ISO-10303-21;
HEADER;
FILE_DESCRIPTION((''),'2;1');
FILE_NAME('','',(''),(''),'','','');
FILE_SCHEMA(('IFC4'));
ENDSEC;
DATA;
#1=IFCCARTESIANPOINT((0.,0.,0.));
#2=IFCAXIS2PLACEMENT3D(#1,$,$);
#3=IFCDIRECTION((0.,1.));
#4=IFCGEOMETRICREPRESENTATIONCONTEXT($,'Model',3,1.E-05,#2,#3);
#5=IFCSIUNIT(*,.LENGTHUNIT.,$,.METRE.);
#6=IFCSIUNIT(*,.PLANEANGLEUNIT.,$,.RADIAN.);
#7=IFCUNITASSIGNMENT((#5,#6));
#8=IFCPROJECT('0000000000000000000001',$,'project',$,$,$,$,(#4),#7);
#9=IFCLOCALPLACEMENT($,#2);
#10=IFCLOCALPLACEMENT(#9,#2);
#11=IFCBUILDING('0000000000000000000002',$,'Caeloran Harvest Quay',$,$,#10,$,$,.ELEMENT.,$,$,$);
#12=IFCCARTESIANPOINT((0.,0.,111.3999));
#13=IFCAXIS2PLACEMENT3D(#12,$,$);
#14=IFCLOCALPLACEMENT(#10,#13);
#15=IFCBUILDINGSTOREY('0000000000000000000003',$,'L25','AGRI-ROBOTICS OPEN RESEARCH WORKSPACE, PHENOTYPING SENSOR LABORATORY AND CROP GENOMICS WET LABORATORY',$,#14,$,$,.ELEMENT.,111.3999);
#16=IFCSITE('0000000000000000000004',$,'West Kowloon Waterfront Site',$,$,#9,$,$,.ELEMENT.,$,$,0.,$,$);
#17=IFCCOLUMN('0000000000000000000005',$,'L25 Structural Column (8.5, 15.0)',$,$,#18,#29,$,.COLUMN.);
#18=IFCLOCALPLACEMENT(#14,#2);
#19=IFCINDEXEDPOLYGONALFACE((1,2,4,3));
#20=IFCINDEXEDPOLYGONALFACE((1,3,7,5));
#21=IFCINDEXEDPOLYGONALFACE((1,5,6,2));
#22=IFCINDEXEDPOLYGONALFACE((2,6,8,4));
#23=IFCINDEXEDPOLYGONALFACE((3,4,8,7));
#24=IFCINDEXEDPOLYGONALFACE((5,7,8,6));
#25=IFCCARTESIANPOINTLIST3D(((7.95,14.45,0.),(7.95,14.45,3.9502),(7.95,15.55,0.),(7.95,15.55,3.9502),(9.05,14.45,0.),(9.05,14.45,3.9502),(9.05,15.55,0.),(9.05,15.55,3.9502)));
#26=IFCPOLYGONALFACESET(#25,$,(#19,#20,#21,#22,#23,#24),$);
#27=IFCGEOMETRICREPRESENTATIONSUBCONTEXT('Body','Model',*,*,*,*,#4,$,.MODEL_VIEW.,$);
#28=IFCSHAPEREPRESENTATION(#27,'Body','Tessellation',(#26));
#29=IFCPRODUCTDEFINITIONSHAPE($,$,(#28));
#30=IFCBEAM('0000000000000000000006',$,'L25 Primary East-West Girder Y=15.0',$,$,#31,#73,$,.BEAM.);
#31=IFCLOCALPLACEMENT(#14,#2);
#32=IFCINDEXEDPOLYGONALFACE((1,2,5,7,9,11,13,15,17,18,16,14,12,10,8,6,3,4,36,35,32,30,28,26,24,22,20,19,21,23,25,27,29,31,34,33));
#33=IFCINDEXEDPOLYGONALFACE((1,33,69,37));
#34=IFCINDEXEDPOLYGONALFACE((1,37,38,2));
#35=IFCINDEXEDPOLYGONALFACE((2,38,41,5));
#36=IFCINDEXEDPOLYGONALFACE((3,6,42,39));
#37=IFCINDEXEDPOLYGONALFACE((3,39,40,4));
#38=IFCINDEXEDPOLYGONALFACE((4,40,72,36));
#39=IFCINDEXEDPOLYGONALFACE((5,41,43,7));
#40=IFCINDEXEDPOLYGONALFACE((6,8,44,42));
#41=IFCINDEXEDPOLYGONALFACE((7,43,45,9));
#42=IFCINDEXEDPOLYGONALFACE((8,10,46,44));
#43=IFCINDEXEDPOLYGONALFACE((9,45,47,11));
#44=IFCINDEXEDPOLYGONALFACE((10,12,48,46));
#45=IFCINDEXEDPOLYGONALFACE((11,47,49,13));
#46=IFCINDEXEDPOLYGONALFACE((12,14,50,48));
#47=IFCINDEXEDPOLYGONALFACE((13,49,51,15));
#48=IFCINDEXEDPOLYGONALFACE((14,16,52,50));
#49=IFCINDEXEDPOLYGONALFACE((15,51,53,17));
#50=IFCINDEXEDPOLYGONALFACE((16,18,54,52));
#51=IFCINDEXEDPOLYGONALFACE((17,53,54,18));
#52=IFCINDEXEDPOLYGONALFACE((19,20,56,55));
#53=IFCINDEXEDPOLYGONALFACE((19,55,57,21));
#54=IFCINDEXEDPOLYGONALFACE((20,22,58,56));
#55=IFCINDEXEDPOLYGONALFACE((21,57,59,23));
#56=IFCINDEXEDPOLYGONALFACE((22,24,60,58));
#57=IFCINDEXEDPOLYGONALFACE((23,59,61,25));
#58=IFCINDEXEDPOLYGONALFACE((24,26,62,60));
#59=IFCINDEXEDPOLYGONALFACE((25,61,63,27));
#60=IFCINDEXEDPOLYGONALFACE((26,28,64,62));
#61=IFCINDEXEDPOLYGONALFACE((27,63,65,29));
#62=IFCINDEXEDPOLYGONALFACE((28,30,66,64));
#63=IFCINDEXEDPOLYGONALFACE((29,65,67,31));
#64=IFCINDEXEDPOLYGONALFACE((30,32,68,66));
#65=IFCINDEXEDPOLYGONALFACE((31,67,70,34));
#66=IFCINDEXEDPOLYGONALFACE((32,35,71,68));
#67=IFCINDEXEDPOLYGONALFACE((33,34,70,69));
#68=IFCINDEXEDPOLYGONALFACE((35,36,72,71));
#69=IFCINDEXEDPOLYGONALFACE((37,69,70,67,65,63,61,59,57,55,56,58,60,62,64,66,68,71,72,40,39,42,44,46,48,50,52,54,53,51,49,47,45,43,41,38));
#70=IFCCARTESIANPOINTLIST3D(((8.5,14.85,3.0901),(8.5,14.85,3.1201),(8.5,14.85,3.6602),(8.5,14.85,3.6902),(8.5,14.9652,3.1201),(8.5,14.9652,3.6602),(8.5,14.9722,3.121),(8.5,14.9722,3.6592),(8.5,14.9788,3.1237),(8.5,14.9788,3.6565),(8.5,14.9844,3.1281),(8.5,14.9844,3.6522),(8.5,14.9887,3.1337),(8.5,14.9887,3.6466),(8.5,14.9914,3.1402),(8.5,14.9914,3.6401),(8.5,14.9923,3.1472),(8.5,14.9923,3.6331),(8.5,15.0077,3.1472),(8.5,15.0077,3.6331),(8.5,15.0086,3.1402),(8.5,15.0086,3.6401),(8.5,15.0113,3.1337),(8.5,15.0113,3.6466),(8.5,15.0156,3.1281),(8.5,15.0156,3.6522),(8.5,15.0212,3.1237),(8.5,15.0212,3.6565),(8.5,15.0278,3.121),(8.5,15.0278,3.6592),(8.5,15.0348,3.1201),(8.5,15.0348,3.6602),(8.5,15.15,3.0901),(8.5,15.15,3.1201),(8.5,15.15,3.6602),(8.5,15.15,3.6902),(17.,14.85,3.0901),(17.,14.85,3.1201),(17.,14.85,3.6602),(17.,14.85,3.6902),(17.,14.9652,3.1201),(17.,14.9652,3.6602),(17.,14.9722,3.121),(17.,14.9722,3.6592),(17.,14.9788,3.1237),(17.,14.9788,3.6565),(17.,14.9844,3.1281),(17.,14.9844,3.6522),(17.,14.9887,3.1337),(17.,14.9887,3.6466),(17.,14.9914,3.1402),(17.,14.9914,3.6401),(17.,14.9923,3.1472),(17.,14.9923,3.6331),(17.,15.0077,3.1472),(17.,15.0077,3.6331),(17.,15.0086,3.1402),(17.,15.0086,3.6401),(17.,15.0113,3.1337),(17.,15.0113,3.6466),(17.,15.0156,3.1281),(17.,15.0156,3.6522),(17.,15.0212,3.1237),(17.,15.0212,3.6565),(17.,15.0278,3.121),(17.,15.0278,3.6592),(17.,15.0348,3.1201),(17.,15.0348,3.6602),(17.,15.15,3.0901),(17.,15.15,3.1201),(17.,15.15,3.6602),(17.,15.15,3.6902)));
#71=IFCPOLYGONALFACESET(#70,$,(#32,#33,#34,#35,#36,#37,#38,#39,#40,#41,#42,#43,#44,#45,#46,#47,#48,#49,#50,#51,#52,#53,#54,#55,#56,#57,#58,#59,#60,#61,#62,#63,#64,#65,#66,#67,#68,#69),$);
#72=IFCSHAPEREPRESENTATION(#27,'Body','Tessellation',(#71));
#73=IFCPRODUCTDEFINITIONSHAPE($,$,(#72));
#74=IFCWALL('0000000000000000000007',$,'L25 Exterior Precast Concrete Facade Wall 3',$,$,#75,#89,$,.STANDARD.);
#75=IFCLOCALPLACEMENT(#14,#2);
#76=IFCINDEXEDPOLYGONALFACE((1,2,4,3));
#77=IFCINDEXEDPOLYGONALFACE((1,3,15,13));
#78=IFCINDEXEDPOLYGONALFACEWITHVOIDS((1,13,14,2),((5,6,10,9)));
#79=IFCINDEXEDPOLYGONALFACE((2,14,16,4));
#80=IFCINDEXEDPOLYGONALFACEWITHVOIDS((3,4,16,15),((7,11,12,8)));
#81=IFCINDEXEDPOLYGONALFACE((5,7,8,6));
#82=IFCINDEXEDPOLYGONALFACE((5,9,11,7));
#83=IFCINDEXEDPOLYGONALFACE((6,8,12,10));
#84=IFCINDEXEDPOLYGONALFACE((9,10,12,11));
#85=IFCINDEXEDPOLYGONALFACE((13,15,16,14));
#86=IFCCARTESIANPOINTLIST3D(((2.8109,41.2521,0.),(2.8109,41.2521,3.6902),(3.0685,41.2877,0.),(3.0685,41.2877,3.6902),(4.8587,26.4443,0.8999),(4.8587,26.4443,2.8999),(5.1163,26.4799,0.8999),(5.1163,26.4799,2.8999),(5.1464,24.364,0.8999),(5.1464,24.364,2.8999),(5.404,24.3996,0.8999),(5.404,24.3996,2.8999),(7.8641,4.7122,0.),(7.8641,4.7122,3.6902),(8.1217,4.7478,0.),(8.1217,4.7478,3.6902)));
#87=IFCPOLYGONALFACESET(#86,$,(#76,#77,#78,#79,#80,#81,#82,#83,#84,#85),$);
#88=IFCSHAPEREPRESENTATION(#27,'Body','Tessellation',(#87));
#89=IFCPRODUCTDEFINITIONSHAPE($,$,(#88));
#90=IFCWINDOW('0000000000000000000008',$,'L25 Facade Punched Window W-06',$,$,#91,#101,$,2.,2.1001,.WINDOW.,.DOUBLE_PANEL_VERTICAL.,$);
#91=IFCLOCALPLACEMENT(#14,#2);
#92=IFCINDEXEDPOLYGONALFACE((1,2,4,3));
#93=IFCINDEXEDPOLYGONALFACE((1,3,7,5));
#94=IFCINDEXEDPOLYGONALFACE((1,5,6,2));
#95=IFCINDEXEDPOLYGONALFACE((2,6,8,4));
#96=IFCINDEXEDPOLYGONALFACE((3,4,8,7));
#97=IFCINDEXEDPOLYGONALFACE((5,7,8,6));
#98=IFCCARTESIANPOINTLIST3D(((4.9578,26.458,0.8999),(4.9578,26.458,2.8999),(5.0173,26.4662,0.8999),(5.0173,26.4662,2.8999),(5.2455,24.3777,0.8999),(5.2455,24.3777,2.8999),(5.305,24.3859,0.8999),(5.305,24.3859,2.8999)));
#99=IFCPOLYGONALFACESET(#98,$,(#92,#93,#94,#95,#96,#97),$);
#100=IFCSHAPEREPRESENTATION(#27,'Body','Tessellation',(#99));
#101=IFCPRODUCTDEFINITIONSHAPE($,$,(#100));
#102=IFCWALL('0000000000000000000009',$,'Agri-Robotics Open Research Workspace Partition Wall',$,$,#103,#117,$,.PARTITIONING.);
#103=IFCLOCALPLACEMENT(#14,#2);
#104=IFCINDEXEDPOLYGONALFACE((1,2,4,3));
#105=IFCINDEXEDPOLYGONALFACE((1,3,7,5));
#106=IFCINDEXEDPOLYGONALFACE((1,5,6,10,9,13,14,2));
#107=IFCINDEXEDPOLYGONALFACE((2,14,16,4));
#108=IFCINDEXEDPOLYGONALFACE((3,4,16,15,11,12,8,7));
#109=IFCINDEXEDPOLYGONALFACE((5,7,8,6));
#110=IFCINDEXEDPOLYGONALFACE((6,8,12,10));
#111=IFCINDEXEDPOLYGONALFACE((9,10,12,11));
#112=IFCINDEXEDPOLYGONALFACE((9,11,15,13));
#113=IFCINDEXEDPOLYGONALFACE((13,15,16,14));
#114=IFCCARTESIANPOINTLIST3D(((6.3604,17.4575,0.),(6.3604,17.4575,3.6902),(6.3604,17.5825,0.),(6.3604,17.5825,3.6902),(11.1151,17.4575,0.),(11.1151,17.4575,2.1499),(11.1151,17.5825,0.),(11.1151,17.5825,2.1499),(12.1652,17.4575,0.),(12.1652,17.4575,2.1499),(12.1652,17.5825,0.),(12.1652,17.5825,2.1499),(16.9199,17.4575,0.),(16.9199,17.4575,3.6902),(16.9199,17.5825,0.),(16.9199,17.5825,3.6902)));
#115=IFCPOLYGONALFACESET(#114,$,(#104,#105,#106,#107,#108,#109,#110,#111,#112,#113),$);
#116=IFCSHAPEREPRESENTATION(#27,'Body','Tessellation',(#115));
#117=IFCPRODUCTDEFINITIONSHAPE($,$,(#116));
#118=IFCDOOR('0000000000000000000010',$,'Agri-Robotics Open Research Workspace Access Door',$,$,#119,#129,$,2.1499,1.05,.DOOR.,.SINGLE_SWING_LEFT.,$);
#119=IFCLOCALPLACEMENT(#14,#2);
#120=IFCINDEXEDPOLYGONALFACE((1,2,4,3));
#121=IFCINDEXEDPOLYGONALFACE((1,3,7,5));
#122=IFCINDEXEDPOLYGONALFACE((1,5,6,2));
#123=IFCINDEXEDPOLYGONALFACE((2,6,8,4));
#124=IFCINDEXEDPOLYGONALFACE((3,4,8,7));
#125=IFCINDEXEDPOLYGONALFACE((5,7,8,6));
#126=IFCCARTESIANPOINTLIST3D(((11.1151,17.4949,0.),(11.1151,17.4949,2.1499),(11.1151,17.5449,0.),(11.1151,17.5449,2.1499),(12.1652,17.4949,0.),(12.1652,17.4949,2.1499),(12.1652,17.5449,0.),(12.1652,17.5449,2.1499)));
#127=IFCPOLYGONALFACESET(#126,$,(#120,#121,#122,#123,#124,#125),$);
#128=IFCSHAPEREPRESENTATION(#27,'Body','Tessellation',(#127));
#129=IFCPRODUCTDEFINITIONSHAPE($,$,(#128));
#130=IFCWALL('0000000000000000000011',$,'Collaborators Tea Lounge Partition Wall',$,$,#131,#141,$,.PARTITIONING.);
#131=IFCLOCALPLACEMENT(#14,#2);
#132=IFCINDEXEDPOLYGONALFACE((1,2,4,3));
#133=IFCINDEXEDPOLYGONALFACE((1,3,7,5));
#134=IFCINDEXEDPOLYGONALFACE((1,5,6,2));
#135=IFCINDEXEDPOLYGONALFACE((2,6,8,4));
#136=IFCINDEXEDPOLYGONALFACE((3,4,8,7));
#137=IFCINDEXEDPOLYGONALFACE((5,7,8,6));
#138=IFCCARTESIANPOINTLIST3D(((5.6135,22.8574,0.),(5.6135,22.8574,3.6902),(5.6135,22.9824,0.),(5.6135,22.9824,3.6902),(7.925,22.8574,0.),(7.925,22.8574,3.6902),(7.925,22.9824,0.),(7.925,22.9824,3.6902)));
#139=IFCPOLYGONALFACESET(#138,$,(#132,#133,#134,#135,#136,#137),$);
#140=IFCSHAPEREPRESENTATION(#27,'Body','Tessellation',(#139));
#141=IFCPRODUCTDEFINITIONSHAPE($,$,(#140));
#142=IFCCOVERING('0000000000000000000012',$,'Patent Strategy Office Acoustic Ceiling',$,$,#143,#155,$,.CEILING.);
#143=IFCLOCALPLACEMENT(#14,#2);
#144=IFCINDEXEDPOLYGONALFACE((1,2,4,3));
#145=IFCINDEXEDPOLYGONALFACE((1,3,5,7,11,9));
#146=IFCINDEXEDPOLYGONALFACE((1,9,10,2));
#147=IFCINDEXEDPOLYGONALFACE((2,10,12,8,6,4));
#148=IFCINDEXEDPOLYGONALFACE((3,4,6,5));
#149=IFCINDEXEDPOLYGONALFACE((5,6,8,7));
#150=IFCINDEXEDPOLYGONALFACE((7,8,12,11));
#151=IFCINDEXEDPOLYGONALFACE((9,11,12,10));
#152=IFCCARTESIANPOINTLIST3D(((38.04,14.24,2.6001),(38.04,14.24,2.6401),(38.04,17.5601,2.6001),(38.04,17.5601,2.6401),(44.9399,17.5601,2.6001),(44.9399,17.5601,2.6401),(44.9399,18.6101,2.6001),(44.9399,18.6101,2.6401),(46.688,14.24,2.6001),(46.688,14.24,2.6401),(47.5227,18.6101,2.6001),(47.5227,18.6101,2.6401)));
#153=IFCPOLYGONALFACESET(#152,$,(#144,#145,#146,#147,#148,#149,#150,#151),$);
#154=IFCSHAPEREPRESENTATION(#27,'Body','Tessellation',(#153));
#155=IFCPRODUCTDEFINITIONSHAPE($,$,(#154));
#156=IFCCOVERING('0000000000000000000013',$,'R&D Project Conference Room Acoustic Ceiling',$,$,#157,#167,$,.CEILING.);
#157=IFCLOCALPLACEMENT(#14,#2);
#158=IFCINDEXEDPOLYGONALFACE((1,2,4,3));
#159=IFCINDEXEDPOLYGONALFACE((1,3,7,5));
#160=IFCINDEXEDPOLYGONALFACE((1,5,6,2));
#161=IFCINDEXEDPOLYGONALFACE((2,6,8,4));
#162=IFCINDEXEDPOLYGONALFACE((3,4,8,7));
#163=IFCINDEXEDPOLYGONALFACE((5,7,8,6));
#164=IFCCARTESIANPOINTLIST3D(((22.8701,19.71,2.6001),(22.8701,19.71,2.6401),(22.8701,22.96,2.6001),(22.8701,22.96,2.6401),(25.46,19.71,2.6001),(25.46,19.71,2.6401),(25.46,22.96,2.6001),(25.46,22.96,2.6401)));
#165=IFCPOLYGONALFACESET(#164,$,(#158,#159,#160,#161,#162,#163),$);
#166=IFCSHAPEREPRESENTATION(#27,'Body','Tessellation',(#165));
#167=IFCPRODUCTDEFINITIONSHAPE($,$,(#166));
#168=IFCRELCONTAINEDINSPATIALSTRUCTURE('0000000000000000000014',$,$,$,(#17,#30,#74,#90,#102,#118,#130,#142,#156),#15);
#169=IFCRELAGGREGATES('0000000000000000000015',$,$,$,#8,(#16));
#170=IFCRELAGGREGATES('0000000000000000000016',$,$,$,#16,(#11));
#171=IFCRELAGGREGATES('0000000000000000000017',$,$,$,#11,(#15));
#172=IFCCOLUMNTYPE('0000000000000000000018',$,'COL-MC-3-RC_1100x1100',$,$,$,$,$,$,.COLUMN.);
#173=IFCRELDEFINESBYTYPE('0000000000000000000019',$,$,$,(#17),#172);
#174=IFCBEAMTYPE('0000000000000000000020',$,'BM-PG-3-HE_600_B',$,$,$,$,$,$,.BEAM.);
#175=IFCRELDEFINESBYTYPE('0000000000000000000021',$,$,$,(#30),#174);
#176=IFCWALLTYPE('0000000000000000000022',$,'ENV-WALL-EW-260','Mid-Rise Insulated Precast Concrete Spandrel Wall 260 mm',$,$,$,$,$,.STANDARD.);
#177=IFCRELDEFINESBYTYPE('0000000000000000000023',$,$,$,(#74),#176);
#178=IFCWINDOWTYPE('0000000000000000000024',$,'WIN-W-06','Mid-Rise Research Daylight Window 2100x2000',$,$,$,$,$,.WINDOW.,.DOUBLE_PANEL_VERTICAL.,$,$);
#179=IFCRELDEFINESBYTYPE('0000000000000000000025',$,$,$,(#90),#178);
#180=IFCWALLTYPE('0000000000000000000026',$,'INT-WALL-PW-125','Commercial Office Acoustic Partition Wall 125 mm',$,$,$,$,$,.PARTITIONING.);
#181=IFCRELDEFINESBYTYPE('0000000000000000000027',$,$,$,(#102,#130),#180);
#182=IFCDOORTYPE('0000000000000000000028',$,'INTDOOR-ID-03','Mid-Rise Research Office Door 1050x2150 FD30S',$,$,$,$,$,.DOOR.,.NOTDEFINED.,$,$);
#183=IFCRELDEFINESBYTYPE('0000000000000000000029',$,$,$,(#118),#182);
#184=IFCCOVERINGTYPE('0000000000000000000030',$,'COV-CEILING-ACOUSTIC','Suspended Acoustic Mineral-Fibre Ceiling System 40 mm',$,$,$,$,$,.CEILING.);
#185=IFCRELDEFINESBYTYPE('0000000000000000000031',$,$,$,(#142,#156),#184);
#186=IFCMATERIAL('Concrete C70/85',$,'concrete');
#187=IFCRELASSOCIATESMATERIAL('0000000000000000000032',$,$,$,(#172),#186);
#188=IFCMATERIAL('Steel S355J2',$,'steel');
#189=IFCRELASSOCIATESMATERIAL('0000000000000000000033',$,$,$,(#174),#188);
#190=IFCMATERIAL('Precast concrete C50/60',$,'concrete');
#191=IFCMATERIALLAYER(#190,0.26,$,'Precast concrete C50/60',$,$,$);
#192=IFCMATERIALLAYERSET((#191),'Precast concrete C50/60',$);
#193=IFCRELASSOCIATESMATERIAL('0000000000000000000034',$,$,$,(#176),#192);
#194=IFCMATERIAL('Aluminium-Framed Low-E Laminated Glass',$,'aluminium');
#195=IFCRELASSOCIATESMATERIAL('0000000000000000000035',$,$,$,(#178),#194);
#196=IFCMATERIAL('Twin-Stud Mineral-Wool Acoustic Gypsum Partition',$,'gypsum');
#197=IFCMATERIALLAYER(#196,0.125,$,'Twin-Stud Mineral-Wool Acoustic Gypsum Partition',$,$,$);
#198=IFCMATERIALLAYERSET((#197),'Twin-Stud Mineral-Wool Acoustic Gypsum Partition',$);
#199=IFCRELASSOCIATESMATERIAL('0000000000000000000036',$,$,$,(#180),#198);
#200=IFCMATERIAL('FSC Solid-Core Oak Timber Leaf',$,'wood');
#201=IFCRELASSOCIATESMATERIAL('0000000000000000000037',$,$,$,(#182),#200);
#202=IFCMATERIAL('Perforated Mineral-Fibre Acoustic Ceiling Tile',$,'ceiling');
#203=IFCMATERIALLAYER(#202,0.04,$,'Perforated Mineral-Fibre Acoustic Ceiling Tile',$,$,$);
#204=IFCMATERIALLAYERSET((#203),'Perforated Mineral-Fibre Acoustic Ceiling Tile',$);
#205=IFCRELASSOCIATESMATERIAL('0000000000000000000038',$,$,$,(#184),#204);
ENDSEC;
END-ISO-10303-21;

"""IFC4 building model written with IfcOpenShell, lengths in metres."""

from ifc_helpers import new_model, si_unit, direction, frame, frame_2d, origin, origin_2d, place, context, subcontext, project, spatial, polyline, rectangle, i_section, outline, extrude, material, layer, layer_set, material_profile, profile_set, type_object, element, fill, save


model = new_model("IFC4")

# Units and contexts
model_context = context("Model", 3, precision=1e-05, world=origin(), true_north=direction((0.0, 1.0)))
body_context = subcontext(model_context, "Body", "Model", "MODEL_VIEW")
ifc_project = project(units=[si_unit("LENGTHUNIT", "METRE"), si_unit("PLANEANGLEUNIT", "RADIAN")], contexts=[model_context])

# Site, building, storey
site_placement = place(None, origin())
site = spatial("IfcSite", under=ifc_project, at=site_placement, Name="West Kowloon Waterfront Site", CompositionType="ELEMENT", RefElevation=0.0)
building_placement = place(site_placement, origin())
building = spatial("IfcBuilding", under=site, at=building_placement, Name="Caeloran Harvest Quay", CompositionType="ELEMENT")
storey_placement = place(building_placement, frame((0.0, 0.0, 111.3999)))
storey = spatial("IfcBuildingStorey", under=building, at=storey_placement, Name="L25", Description="AGRI-ROBOTICS OPEN RESEARCH WORKSPACE, PHENOTYPING SENSOR LABORATORY AND CROP GENOMICS WET LABORATORY", CompositionType="ELEMENT", Elevation=111.3999)

# Column
ifc_material_1 = material(Name="Concrete C70/85", Category="concrete")
ifc_material_profile_1 = material_profile(ifc_material_1, rectangle(XDim=1.1001, YDim=1.1001, at=origin_2d()), Name="RC 1100x1100")
ifc_profile_set_1 = profile_set([ifc_material_profile_1], Name="Concrete C70/85")
column_type = type_object("IfcColumnType", Name="COL-MC-3-RC_1100x1100", PredefinedType="COLUMN", material=ifc_profile_set_1)
column_placement = place(storey_placement, frame((8.5, 15.0, 0.0), z_axis=(0.0, 0.0, 1.0), x_axis=(1.0, 0.0, 0.0)))
element("IfcColumn", 1, at=column_placement, inside=storey, type_object=column_type, Name="L25 Structural Column (8.5, 15.0)", PredefinedType="COLUMN", context=body_context, shape_type="SweptSolid", body=[
    extrude(rectangle(XDim=1.1001, YDim=1.1001, at=origin_2d()), origin(), (0.0, 0.0, 1.0), 3.9502),
])

# Beam
ifc_material_2 = material(Name="Steel S355J2", Category="steel")
ifc_material_profile_2 = material_profile(ifc_material_2, i_section(OverallWidth=0.3, OverallDepth=0.6001, WebThickness=0.0154, FlangeThickness=0.03, FilletRadius=0.0271, at=origin_2d()), Name="HE 600 B")
ifc_profile_set_2 = profile_set([ifc_material_profile_2], Name="Steel S355J2")
beam_type = type_object("IfcBeamType", Name="BM-PG-3-HE_600_B", PredefinedType="BEAM", material=ifc_profile_set_2)
beam_placement = place(storey_placement, frame((8.5, 15.0, 3.3901), z_axis=(1.0, 0.0, 0.0), x_axis=(0.0, 1.0, 0.0)))
element("IfcBeam", 2, at=beam_placement, inside=storey, type_object=beam_type, Name="L25 Primary East-West Girder Y=15.0", PredefinedType="BEAM", context=body_context, shape_type="SweptSolid", body=[
    extrude(i_section(OverallWidth=0.3, OverallDepth=0.6001, WebThickness=0.0154, FlangeThickness=0.03, FilletRadius=0.0271, at=origin_2d()), origin(), (0.0, 0.0, 1.0), 8.5),
])

# Wall, opening, window
ifc_material_3 = material(Name="Precast concrete C50/60", Category="concrete")
ifc_layer_1 = layer(ifc_material_3, 0.26, Name="Precast concrete C50/60")
ifc_layer_set_1 = layer_set([ifc_layer_1], Name="Precast concrete C50/60")
wall_type_1 = type_object("IfcWallType", Name="ENV-WALL-EW-260", Description="Mid-Rise Insulated Precast Concrete Spandrel Wall 260 mm", PredefinedType="STANDARD", material=ifc_layer_set_1)
wall_1_placement = place(storey_placement, frame((7.9929, 4.73, 0.0), z_axis=(0.0, 0.0, 1.0), x_axis=(-0.136989, 0.990573, 0.0)))
wall_1 = element("IfcWall", 3, at=wall_1_placement, inside=storey, type_object=wall_type_1, Name="L25 Exterior Precast Concrete Facade Wall 3", PredefinedType="STANDARD", context=body_context, shape_type="SweptSolid", body=[
    extrude(rectangle(XDim=36.8877, YDim=0.26, at=frame_2d((18.4438, 0.0))), origin(), (0.0, 0.0, 1.0), 3.6902),
])
opening_1_placement = place(wall_1_placement, frame((19.8389, 0.0, 0.8999)))
opening_1 = element("IfcOpeningElement", 4, at=opening_1_placement, cuts=wall_1, PredefinedType="OPENING", context=body_context, shape_type="SweptSolid", body=[
    extrude(rectangle(XDim=2.1001, YDim=2.0, at=frame_2d((1.05, 1.0))), frame((0.0, 0.1401, 0.0), z_axis=(0.0, -1.0, 0.0), x_axis=(1.0, 0.0, 0.0)), (0.0, 0.0, 1.0), 0.28),
])
ifc_material_4 = material(Name="Aluminium-Framed Low-E Laminated Glass", Category="aluminium")
window_type = type_object("IfcWindowType", Name="WIN-W-06", Description="Mid-Rise Research Daylight Window 2100x2000", PartitioningType="DOUBLE_PANEL_VERTICAL", PredefinedType="WINDOW", material=ifc_material_4)
window_placement = place(opening_1_placement, origin())
window = element("IfcWindow", 5, at=window_placement, inside=storey, type_object=window_type, Name="L25 Facade Punched Window W-06", OverallHeight=2.0, OverallWidth=2.1001, PartitioningType="DOUBLE_PANEL_VERTICAL", PredefinedType="WINDOW", context=body_context, shape_type="SweptSolid", body=[
    extrude(rectangle(XDim=2.1001, YDim=2.0, at=frame_2d((1.05, 1.0))), frame((0.0, 0.03, 0.0), z_axis=(0.0, -1.0, 0.0), x_axis=(1.0, 0.0, 0.0)), (0.0, 0.0, 1.0), 0.0601),
])
fill(opening_1, window)

# Wall, opening, door
ifc_material_5 = material(Name="Twin-Stud Mineral-Wool Acoustic Gypsum Partition", Category="gypsum")
ifc_layer_2 = layer(ifc_material_5, 0.125, Name="Twin-Stud Mineral-Wool Acoustic Gypsum Partition")
ifc_layer_set_2 = layer_set([ifc_layer_2], Name="Twin-Stud Mineral-Wool Acoustic Gypsum Partition")
wall_type_2 = type_object("IfcWallType", Name="INT-WALL-PW-125", Description="Commercial Office Acoustic Partition Wall 125 mm", PredefinedType="PARTITIONING", material=ifc_layer_set_2)
wall_2_placement = place(storey_placement, frame((6.3604, 17.52, 0.0), z_axis=(0.0, 0.0, 1.0), x_axis=(1.0, 0.0, 0.0)))
wall_2 = element("IfcWall", 6, at=wall_2_placement, inside=storey, type_object=wall_type_2, Name="Agri-Robotics Open Research Workspace Partition Wall", PredefinedType="PARTITIONING", context=body_context, shape_type="SweptSolid", body=[
    extrude(rectangle(XDim=10.5596, YDim=0.125, at=frame_2d((5.2798, 0.0))), origin(), (0.0, 0.0, 1.0), 3.6902),
])
opening_2_placement = place(wall_2_placement, frame((4.7549, 0.0, 0.0)))
opening_2 = element("IfcOpeningElement", 7, at=opening_2_placement, cuts=wall_2, PredefinedType="OPENING", context=body_context, shape_type="SweptSolid", body=[
    extrude(rectangle(XDim=1.05, YDim=2.1499, at=frame_2d((0.5249, 1.075))), frame((0.0, 0.0725, 0.0), z_axis=(0.0, -1.0, 0.0), x_axis=(1.0, 0.0, 0.0)), (0.0, 0.0, 1.0), 0.145),
])
ifc_material_6 = material(Name="FSC Solid-Core Oak Timber Leaf", Category="wood")
door_type = type_object("IfcDoorType", Name="INTDOOR-ID-03", Description="Mid-Rise Research Office Door 1050x2150 FD30S", OperationType="NOTDEFINED", PredefinedType="DOOR", material=ifc_material_6)
door_placement = place(opening_2_placement, origin())
door = element("IfcDoor", 8, at=door_placement, inside=storey, type_object=door_type, Name="Agri-Robotics Open Research Workspace Access Door", OperationType="SINGLE_SWING_LEFT", OverallHeight=2.1499, OverallWidth=1.05, PredefinedType="DOOR", context=body_context, shape_type="SweptSolid", body=[
    extrude(rectangle(XDim=1.05, YDim=2.1499, at=frame_2d((0.5249, 1.075))), frame((0.0, 0.0249, 0.0), z_axis=(0.0, -1.0, 0.0), x_axis=(1.0, 0.0, 0.0)), (0.0, 0.0, 1.0), 0.05),
])
fill(opening_2, door)

# Wall
wall_3_placement = place(storey_placement, frame((5.6135, 22.9199, 0.0), z_axis=(0.0, 0.0, 1.0), x_axis=(1.0, 0.0, 0.0)))
element("IfcWall", 9, at=wall_3_placement, inside=storey, type_object=wall_type_2, Name="Collaborators Tea Lounge Partition Wall", PredefinedType="PARTITIONING", context=body_context, shape_type="SweptSolid", body=[
    extrude(rectangle(XDim=2.3115, YDim=0.125, at=frame_2d((1.1558, 0.0))), origin(), (0.0, 0.0, 1.0), 3.6902),
])

# Coverings
ifc_material_7 = material(Name="Perforated Mineral-Fibre Acoustic Ceiling Tile", Category="ceiling")
ifc_layer_3 = layer(ifc_material_7, 0.04, Name="Perforated Mineral-Fibre Acoustic Ceiling Tile")
ifc_layer_set_3 = layer_set([ifc_layer_3], Name="Perforated Mineral-Fibre Acoustic Ceiling Tile")
covering_type_1 = type_object("IfcCoveringType", Name="COV-CEILING-ACOUSTIC", Description="Suspended Acoustic Mineral-Fibre Ceiling System 40 mm", PredefinedType="CEILING", material=ifc_layer_set_3)
covering_1_placement = place(storey_placement, frame((0.0, 0.0, 2.6001)))
element("IfcCovering", 10, at=covering_1_placement, inside=storey, type_object=covering_type_1, Name="Patent Strategy Office Acoustic Ceiling", PredefinedType="CEILING", context=body_context, shape_type="SweptSolid", body=[
    extrude(outline(polyline([(44.9399, 17.5601), (44.9399, 18.6101), (47.5227, 18.6101), (46.688, 14.24), (38.04, 14.24), (38.04, 17.5601), (44.9399, 17.5601)])), origin(), (0.0, 0.0, 1.0), 0.04),
])
covering_2_placement = place(storey_placement, frame((0.0, 0.0, 2.6001)))
element("IfcCovering", 11, at=covering_2_placement, inside=storey, type_object=covering_type_1, Name="R&D Project Conference Room Acoustic Ceiling", PredefinedType="CEILING", context=body_context, shape_type="SweptSolid", body=[
    extrude(outline(polyline([(25.46, 19.71), (22.8701, 19.71), (22.8701, 22.96), (25.46, 22.96), (25.46, 19.71)])), origin(), (0.0, 0.0, 1.0), 0.04),
])

save(model, "model.ifc")
